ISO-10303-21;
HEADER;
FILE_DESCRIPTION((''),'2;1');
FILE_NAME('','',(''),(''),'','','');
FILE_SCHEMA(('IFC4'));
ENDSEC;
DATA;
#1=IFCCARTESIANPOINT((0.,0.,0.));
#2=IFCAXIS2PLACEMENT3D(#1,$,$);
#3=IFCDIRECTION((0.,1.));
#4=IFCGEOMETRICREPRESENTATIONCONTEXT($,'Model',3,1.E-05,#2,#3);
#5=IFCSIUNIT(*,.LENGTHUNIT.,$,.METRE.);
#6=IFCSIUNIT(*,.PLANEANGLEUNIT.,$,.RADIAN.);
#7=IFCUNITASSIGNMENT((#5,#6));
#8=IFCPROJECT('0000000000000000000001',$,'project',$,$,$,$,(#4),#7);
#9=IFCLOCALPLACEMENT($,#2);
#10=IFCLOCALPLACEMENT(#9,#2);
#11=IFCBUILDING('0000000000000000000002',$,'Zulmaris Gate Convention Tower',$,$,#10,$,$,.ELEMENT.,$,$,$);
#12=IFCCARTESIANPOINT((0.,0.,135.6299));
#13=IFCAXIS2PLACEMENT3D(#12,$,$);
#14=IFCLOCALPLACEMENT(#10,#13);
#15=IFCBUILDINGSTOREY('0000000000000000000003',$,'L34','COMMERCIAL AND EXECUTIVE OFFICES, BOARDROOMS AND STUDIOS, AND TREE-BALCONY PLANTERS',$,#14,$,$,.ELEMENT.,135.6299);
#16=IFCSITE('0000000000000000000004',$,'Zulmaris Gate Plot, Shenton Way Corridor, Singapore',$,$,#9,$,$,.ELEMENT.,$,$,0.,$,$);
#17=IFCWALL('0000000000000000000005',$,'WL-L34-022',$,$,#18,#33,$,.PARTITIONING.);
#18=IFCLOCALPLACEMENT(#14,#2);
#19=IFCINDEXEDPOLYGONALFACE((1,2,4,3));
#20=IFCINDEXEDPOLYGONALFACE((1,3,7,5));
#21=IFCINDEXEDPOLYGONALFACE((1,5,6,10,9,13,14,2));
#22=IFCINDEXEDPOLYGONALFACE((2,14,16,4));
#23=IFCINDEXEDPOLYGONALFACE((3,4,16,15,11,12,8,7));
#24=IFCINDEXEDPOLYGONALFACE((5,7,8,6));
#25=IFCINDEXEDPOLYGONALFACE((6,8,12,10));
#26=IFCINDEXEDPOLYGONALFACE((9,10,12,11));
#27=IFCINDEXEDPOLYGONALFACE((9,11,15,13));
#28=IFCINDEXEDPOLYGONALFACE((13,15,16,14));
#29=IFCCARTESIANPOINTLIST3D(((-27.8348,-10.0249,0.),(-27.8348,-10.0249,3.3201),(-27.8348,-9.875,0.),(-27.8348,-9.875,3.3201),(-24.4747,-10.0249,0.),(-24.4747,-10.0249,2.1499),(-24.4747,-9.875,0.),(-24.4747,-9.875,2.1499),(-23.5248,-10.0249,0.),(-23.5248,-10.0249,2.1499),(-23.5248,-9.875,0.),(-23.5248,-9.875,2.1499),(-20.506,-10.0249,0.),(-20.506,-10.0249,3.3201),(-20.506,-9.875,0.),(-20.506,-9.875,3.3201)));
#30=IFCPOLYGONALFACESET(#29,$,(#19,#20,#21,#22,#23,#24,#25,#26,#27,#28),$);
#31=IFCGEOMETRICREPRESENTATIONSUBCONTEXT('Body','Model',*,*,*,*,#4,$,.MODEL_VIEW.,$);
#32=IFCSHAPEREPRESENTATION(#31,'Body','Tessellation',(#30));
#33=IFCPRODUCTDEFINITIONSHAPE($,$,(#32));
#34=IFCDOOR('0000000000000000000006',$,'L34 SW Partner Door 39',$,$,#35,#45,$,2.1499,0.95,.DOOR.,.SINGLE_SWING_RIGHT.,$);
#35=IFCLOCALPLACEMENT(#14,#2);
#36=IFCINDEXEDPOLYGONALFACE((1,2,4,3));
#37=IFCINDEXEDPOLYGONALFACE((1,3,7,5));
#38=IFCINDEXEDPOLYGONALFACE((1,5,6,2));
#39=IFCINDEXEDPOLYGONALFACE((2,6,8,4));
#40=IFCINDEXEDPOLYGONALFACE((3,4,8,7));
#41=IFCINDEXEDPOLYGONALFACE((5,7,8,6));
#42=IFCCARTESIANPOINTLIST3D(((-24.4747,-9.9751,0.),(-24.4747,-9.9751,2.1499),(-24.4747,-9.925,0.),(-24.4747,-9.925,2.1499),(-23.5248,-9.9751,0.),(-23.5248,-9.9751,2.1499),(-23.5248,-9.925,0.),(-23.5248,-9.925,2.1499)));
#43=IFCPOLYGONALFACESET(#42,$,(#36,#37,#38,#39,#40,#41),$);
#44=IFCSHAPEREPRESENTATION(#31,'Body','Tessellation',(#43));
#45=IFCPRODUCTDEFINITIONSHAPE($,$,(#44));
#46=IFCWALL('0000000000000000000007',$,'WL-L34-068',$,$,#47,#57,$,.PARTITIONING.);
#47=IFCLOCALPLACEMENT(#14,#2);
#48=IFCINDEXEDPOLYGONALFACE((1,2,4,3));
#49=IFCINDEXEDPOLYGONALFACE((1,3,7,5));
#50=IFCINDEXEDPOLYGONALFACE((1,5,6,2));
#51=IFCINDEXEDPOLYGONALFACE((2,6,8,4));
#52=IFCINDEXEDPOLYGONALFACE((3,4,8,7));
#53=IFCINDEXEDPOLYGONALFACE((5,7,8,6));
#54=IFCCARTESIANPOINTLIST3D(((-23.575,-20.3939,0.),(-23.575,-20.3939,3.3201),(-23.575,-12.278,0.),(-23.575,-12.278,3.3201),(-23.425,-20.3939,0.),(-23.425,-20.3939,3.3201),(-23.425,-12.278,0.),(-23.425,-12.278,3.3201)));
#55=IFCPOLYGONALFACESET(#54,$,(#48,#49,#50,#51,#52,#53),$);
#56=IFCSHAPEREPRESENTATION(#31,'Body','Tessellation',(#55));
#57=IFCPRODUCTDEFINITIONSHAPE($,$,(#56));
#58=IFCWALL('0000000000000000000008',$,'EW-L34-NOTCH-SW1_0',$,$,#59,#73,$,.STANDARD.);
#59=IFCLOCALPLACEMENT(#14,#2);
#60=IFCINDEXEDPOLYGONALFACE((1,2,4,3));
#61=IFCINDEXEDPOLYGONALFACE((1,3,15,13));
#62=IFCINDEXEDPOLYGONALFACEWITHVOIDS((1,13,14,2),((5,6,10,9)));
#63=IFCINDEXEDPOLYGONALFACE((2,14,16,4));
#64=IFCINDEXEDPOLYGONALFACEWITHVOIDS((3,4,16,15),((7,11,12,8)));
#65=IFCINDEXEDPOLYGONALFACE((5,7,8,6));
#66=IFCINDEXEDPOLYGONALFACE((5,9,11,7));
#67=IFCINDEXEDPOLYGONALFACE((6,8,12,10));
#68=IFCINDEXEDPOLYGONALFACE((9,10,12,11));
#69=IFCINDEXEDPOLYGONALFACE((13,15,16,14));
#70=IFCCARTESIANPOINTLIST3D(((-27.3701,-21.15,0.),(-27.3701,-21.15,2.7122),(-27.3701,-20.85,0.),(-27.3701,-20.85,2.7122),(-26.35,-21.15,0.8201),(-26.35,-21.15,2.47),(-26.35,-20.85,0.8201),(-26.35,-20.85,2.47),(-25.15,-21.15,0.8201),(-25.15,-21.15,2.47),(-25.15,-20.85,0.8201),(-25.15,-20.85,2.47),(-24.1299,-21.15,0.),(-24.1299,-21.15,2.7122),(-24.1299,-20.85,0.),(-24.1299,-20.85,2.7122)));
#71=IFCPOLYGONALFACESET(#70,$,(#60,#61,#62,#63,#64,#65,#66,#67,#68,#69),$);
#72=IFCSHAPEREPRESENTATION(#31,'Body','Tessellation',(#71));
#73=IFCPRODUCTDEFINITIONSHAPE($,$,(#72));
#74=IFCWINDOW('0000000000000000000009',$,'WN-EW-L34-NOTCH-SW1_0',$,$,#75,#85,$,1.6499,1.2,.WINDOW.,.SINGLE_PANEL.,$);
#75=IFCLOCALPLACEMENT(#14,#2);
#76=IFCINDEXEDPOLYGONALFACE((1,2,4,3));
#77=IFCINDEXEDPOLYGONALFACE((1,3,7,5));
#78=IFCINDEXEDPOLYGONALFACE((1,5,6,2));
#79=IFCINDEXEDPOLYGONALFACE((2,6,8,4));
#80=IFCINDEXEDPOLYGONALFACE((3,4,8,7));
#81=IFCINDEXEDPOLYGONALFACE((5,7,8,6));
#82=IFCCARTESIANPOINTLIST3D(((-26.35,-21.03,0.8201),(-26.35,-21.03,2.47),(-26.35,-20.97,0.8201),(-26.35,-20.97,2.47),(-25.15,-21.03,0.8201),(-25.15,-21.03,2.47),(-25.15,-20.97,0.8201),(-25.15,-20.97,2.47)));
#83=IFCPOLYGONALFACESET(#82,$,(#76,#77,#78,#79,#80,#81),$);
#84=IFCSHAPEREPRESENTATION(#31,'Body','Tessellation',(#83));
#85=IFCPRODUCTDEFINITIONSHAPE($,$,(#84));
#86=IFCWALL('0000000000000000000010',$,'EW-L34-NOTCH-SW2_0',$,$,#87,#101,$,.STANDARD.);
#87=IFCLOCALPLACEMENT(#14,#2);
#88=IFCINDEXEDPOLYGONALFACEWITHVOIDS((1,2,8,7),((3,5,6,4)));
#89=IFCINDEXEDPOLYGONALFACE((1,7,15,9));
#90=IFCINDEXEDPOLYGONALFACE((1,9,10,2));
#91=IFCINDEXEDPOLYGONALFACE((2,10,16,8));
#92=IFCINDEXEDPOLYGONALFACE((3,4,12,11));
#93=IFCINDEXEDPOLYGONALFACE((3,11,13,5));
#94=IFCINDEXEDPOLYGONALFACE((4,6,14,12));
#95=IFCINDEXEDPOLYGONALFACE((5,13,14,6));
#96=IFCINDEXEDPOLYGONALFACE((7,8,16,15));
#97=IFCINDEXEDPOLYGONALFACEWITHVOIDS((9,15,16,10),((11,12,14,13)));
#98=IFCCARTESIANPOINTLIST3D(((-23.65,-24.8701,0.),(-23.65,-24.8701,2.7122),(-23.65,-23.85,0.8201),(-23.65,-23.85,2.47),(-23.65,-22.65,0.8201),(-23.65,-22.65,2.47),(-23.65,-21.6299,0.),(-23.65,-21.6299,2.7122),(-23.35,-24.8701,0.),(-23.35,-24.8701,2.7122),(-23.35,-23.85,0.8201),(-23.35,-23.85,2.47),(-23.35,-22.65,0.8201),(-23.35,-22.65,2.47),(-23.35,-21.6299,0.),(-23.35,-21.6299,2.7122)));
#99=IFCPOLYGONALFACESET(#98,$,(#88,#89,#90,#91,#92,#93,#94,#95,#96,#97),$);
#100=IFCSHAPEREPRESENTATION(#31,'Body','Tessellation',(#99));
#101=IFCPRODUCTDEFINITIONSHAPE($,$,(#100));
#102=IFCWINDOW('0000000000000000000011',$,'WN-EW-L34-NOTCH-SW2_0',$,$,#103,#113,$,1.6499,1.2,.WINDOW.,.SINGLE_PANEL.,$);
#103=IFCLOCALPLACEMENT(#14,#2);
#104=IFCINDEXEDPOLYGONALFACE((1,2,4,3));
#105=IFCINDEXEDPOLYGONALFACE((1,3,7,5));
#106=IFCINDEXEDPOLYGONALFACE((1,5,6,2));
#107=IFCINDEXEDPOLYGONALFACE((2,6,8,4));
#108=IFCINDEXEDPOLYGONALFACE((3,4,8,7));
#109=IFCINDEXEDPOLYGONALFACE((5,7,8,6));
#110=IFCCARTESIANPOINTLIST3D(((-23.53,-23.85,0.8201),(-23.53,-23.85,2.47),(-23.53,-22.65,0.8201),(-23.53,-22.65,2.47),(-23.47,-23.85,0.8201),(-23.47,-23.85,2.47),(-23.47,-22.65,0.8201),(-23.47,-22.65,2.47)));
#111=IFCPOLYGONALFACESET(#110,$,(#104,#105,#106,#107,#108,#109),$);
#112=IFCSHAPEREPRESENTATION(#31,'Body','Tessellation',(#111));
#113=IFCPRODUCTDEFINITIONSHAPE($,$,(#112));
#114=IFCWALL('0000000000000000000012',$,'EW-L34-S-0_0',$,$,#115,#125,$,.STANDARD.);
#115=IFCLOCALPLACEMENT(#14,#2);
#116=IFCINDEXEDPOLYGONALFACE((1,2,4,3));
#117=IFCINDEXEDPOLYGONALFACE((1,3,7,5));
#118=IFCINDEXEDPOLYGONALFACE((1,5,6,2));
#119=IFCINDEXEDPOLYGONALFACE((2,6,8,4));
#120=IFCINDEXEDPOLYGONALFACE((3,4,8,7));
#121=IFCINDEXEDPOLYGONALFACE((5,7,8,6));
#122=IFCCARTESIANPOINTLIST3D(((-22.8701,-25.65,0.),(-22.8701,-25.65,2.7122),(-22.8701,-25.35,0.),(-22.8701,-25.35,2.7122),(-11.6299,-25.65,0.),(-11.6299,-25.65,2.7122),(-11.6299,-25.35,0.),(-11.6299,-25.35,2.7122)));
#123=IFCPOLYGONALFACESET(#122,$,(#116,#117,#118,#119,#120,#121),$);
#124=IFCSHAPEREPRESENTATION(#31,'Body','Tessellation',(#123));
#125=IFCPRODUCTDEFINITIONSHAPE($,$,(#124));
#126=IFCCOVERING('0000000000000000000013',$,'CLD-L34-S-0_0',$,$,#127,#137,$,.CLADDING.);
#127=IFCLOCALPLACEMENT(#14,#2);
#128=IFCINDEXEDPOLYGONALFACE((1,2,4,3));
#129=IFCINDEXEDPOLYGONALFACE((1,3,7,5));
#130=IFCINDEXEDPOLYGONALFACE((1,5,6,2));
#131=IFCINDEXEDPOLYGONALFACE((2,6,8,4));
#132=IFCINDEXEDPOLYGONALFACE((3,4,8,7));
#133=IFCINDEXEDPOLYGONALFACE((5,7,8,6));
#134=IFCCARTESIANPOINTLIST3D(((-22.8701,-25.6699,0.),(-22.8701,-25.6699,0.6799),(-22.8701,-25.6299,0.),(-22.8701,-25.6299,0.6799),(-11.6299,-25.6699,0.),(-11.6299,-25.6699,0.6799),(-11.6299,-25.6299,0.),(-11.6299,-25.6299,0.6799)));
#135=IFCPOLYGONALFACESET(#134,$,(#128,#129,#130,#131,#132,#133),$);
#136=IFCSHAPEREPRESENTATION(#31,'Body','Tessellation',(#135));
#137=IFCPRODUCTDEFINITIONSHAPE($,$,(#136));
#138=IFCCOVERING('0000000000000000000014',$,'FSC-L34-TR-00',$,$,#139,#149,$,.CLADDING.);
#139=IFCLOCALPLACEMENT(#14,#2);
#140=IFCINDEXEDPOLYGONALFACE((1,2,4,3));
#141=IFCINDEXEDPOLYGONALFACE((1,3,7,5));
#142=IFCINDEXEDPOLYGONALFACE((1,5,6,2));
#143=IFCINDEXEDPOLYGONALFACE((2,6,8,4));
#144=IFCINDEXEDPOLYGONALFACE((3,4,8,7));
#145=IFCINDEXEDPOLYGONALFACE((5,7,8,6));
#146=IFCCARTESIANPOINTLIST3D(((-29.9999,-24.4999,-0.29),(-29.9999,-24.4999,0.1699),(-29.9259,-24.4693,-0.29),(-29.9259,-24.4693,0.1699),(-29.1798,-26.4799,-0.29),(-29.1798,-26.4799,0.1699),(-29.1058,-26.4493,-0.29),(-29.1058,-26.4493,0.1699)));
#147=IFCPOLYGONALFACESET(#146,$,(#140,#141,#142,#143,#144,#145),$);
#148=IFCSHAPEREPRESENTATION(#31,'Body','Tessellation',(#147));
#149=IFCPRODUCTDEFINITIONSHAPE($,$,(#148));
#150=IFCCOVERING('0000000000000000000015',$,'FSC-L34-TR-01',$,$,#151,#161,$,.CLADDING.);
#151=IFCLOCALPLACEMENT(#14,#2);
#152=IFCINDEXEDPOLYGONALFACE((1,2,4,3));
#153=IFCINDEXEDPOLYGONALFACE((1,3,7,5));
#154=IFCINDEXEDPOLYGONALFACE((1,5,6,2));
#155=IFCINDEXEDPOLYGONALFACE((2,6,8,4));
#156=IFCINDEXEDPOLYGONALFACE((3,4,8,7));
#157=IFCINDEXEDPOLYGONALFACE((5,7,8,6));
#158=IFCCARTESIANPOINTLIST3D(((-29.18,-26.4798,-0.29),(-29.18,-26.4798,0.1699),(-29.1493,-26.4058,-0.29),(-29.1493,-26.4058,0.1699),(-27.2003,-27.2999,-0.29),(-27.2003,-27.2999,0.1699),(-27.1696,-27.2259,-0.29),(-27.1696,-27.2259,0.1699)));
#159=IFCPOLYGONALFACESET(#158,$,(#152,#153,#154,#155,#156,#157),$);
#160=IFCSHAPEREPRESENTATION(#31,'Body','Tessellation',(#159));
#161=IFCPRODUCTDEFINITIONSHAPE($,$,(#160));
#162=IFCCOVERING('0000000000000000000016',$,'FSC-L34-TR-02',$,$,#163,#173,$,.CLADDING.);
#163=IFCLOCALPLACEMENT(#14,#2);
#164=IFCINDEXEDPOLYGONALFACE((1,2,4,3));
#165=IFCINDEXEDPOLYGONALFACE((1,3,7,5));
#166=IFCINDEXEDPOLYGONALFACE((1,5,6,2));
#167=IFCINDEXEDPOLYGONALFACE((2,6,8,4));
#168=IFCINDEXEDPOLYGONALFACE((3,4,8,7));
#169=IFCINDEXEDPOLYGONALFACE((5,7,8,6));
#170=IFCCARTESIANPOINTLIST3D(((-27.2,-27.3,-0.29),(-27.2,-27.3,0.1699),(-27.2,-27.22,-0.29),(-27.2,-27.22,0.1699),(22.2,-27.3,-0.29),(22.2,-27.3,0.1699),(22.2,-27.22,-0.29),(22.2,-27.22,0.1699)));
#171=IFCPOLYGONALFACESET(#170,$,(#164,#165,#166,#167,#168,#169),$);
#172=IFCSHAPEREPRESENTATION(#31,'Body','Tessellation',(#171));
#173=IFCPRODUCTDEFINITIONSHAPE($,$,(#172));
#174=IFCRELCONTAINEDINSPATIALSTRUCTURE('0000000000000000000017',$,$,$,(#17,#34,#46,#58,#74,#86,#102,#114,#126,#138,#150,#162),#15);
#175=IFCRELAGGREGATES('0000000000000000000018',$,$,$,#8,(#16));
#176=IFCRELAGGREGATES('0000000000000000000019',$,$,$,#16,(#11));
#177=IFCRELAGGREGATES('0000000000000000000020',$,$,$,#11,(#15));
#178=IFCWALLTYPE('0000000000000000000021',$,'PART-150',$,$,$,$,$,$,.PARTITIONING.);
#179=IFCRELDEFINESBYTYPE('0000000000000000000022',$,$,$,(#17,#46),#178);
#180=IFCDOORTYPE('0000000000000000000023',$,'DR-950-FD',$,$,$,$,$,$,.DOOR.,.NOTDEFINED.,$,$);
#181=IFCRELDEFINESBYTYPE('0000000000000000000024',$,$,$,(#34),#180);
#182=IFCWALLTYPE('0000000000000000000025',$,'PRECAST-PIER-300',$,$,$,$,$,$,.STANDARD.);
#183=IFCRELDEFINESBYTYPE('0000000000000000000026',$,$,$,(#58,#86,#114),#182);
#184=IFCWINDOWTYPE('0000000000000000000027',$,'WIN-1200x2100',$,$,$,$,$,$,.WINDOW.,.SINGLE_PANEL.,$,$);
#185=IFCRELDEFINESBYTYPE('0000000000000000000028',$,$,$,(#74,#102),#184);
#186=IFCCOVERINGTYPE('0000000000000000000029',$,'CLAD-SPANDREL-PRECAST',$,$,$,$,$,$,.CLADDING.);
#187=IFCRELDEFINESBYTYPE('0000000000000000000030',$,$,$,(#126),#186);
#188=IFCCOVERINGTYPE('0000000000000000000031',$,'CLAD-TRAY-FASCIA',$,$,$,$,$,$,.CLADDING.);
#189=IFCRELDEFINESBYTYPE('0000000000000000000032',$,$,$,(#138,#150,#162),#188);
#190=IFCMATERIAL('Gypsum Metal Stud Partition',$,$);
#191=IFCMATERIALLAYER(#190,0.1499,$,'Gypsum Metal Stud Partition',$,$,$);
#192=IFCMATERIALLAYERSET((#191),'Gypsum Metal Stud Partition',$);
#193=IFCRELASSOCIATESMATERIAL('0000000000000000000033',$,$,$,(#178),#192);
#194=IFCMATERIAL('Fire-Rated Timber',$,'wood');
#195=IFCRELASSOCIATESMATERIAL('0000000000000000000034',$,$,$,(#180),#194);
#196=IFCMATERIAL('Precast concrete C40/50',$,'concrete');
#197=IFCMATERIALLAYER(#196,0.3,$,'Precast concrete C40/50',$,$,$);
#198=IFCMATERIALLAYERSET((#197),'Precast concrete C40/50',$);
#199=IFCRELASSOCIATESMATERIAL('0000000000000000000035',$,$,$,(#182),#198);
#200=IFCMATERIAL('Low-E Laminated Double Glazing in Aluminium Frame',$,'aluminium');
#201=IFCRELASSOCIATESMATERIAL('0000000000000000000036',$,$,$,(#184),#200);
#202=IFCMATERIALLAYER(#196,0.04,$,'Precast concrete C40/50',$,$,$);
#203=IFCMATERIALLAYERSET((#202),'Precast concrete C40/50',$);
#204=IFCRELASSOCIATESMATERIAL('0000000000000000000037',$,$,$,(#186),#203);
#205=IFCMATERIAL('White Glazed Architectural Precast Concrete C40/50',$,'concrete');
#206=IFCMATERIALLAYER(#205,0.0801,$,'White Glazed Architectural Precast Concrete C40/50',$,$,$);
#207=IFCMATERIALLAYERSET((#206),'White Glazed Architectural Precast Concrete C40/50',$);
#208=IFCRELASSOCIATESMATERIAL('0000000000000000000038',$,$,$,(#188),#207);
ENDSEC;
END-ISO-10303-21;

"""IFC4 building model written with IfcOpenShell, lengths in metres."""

from ifc_helpers import new_model, si_unit, direction, frame, frame_2d, origin, place, context, subcontext, project, spatial, rectangle, extrude, material, layer, layer_set, type_object, element, fill, save


model = new_model("IFC4")

# Units and contexts
model_context = context("Model", 3, precision=1e-05, world=origin(), true_north=direction((0.0, 1.0)))
body_context = subcontext(model_context, "Body", "Model", "MODEL_VIEW")
ifc_project = project(units=[si_unit("LENGTHUNIT", "METRE"), si_unit("PLANEANGLEUNIT", "RADIAN")], contexts=[model_context])

# Site, building, storey
site_placement = place(None, origin())
site = spatial("IfcSite", under=ifc_project, at=site_placement, Name="Zulmaris Gate Plot, Shenton Way Corridor, Singapore", CompositionType="ELEMENT", RefElevation=0.0)
building_placement = place(site_placement, origin())
building = spatial("IfcBuilding", under=site, at=building_placement, Name="Zulmaris Gate Convention Tower", CompositionType="ELEMENT")
storey_placement = place(building_placement, frame((0.0, 0.0, 135.6299)))
storey = spatial("IfcBuildingStorey", under=building, at=storey_placement, Name="L34", Description="COMMERCIAL AND EXECUTIVE OFFICES, BOARDROOMS AND STUDIOS, AND TREE-BALCONY PLANTERS", CompositionType="ELEMENT", Elevation=135.6299)

# Shared definitions
ifc_material_1 = material(Name="Gypsum Metal Stud Partition")
ifc_layer_1 = layer(ifc_material_1, 0.1499, Name="Gypsum Metal Stud Partition")
ifc_layer_set_1 = layer_set([ifc_layer_1], Name="Gypsum Metal Stud Partition")
wall_type_1 = type_object("IfcWallType", Name="PART-150", PredefinedType="PARTITIONING", material=ifc_layer_set_1)

# Wall, opening, door
wall_1_placement = place(storey_placement, frame((-27.835, -9.95, 0.0), z_axis=(0.0, 0.0, 1.0), x_axis=(1.0, 0.0, 0.0)))
wall_1 = element("IfcWall", 1, at=wall_1_placement, inside=storey, type_object=wall_type_1, Name="WL-L34-022", PredefinedType="PARTITIONING", context=body_context, shape_type="SweptSolid", body=[
    extrude(rectangle(XDim=7.3289, YDim=0.1499, at=frame_2d((3.6646, 0.0))), origin(), (0.0, 0.0, 1.0), 3.3201),
])
opening_1_placement = place(wall_1_placement, frame((3.3601, 0.0, 0.0)))
opening_1 = element("IfcOpeningElement", 2, at=opening_1_placement, cuts=wall_1, PredefinedType="OPENING", context=body_context, shape_type="SweptSolid", body=[
    extrude(rectangle(XDim=0.95, YDim=2.1499, at=frame_2d((0.4751, 1.075))), frame((0.0, 0.085, 0.0), z_axis=(0.0, -1.0, 0.0), x_axis=(1.0, 0.0, 0.0)), (0.0, 0.0, 1.0), 0.1699),
])
ifc_material_2 = material(Name="Fire-Rated Timber", Category="wood")
door_type_1 = type_object("IfcDoorType", Name="DR-950-FD", OperationType="NOTDEFINED", PredefinedType="DOOR", material=ifc_material_2)
door_1_placement = place(opening_1_placement, origin())
door_1 = element("IfcDoor", 3, at=door_1_placement, inside=storey, type_object=door_type_1, Name="L34 SW Partner Door 39", OperationType="SINGLE_SWING_RIGHT", OverallHeight=2.1499, OverallWidth=0.95, PredefinedType="DOOR", context=body_context, shape_type="SweptSolid", body=[
    extrude(rectangle(XDim=0.95, YDim=2.1499, at=frame_2d((0.4751, 1.075))), frame((0.0, 0.0249, 0.0), z_axis=(0.0, -1.0, 0.0), x_axis=(1.0, 0.0, 0.0)), (0.0, 0.0, 1.0), 0.05),
])
fill(opening_1, door_1)

# Wall
wall_2_placement = place(storey_placement, frame((-23.5, -20.394, 0.0), z_axis=(0.0, 0.0, 1.0), x_axis=(0.0, 1.0, 0.0)))
element("IfcWall", 4, at=wall_2_placement, inside=storey, type_object=wall_type_1, Name="WL-L34-068", PredefinedType="PARTITIONING", context=body_context, shape_type="SweptSolid", body=[
    extrude(rectangle(XDim=8.116, YDim=0.1499, at=frame_2d((4.0581, 0.0))), origin(), (0.0, 0.0, 1.0), 3.3201),
])

# Walls, openings, windows
ifc_material_3 = material(Name="Precast concrete C40/50", Category="concrete")
ifc_layer_2 = layer(ifc_material_3, 0.3, Name="Precast concrete C40/50")
ifc_layer_set_2 = layer_set([ifc_layer_2], Name="Precast concrete C40/50")
wall_type_2 = type_object("IfcWallType", Name="PRECAST-PIER-300", PredefinedType="STANDARD", material=ifc_layer_set_2)
wall_3_placement = place(storey_placement, frame((-27.3701, -21.0, 0.0), z_axis=(0.0, 0.0, 1.0), x_axis=(1.0, 0.0, 0.0)))
wall_3 = element("IfcWall", 5, at=wall_3_placement, inside=storey, type_object=wall_type_2, Name="EW-L34-NOTCH-SW1_0", PredefinedType="STANDARD", context=body_context, shape_type="SweptSolid", body=[
    extrude(rectangle(XDim=3.2402, YDim=0.3, at=frame_2d((1.6201, 0.0))), origin(), (0.0, 0.0, 1.0), 2.7122),
])
opening_2_placement = place(wall_3_placement, frame((1.02, 0.0, 0.8201)))
opening_2 = element("IfcOpeningElement", 6, at=opening_2_placement, cuts=wall_3, PredefinedType="OPENING", context=body_context, shape_type="SweptSolid", body=[
    extrude(rectangle(XDim=1.2, YDim=1.6499, at=frame_2d((0.6001, 0.825))), frame((0.0, 0.1602, 0.0), z_axis=(0.0, -1.0, 0.0), x_axis=(1.0, 0.0, 0.0)), (0.0, 0.0, 1.0), 0.3201),
])
ifc_material_4 = material(Name="Low-E Laminated Double Glazing in Aluminium Frame", Category="aluminium")
window_type = type_object("IfcWindowType", Name="WIN-1200x2100", PartitioningType="SINGLE_PANEL", PredefinedType="WINDOW", material=ifc_material_4)
window_1_placement = place(opening_2_placement, origin())
window_1 = element("IfcWindow", 7, at=window_1_placement, inside=storey, type_object=window_type, Name="WN-EW-L34-NOTCH-SW1_0", OverallHeight=1.6499, OverallWidth=1.2, PartitioningType="SINGLE_PANEL", PredefinedType="WINDOW", context=body_context, shape_type="SweptSolid", body=[
    extrude(rectangle(XDim=1.2, YDim=1.6499, at=frame_2d((0.6001, 0.825))), frame((0.0, 0.03, 0.0), z_axis=(0.0, -1.0, 0.0), x_axis=(1.0, 0.0, 0.0)), (0.0, 0.0, 1.0), 0.0601),
])
fill(opening_2, window_1)
wall_4_placement = place(storey_placement, frame((-23.5, -21.6299, 0.0), z_axis=(0.0, 0.0, 1.0), x_axis=(0.0, -1.0, 0.0)))
wall_4 = element("IfcWall", 8, at=wall_4_placement, inside=storey, type_object=wall_type_2, Name="EW-L34-NOTCH-SW2_0", PredefinedType="STANDARD", context=body_context, shape_type="SweptSolid", body=[
    extrude(rectangle(XDim=3.2402, YDim=0.3, at=frame_2d((1.6201, 0.0))), origin(), (0.0, 0.0, 1.0), 2.7122),
])
opening_3_placement = place(wall_4_placement, frame((1.02, 0.0, 0.8201)))
opening_3 = element("IfcOpeningElement", 9, at=opening_3_placement, cuts=wall_4, PredefinedType="OPENING", context=body_context, shape_type="SweptSolid", body=[
    extrude(rectangle(XDim=1.2, YDim=1.6499, at=frame_2d((0.6001, 0.825))), frame((0.0, 0.1602, 0.0), z_axis=(0.0, -1.0, 0.0), x_axis=(1.0, 0.0, 0.0)), (0.0, 0.0, 1.0), 0.3201),
])
window_2_placement = place(opening_3_placement, origin())
window_2 = element("IfcWindow", 10, at=window_2_placement, inside=storey, type_object=window_type, Name="WN-EW-L34-NOTCH-SW2_0", OverallHeight=1.6499, OverallWidth=1.2, PartitioningType="SINGLE_PANEL", PredefinedType="WINDOW", context=body_context, shape_type="SweptSolid", body=[
    extrude(rectangle(XDim=1.2, YDim=1.6499, at=frame_2d((0.6001, 0.825))), frame((0.0, 0.03, 0.0), z_axis=(0.0, -1.0, 0.0), x_axis=(1.0, 0.0, 0.0)), (0.0, 0.0, 1.0), 0.0601),
])
fill(opening_3, window_2)

# Wall
wall_5_placement = place(storey_placement, frame((-22.8701, -25.5, 0.0), z_axis=(0.0, 0.0, 1.0), x_axis=(1.0, 0.0, 0.0)))
element("IfcWall", 11, at=wall_5_placement, inside=storey, type_object=wall_type_2, Name="EW-L34-S-0_0", PredefinedType="STANDARD", context=body_context, shape_type="SweptSolid", body=[
    extrude(rectangle(XDim=11.2402, YDim=0.3, at=frame_2d((5.6201, 0.0))), origin(), (0.0, 0.0, 1.0), 2.7122),
])

# Coverings
ifc_layer_3 = layer(ifc_material_3, 0.04, Name="Precast concrete C40/50")
ifc_layer_set_3 = layer_set([ifc_layer_3], Name="Precast concrete C40/50")
covering_type_1 = type_object("IfcCoveringType", Name="CLAD-SPANDREL-PRECAST", PredefinedType="CLADDING", material=ifc_layer_set_3)
covering_1_placement = place(storey_placement, frame((-22.8701, -25.6499, 0.0), z_axis=(0.0, 0.0, 1.0), x_axis=(1.0, 0.0, 0.0)))
element("IfcCovering", 12, at=covering_1_placement, inside=storey, type_object=covering_type_1, Name="CLD-L34-S-0_0", PredefinedType="CLADDING", context=body_context, shape_type="SweptSolid", body=[
    extrude(rectangle(XDim=11.2402, YDim=0.04, at=frame_2d((5.6201, 0.0))), origin(), (0.0, 0.0, 1.0), 0.6799),
])
ifc_material_5 = material(Name="White Glazed Architectural Precast Concrete C40/50", Category="concrete")
ifc_layer_4 = layer(ifc_material_5, 0.0801, Name="White Glazed Architectural Precast Concrete C40/50")
ifc_layer_set_4 = layer_set([ifc_layer_4], Name="White Glazed Architectural Precast Concrete C40/50")
covering_type_2 = type_object("IfcCoveringType", Name="CLAD-TRAY-FASCIA", PredefinedType="CLADDING", material=ifc_layer_set_4)
covering_2_placement = place(storey_placement, frame((-29.9629, -24.4846, -0.29), z_axis=(0.0, 0.0, 1.0), x_axis=(0.382657, -0.92389, 0.0)))
element("IfcCovering", 13, at=covering_2_placement, inside=storey, type_object=covering_type_2, Name="FSC-L34-TR-00", PredefinedType="CLADDING", context=body_context, shape_type="SweptSolid", body=[
    extrude(rectangle(XDim=2.1431, YDim=0.0801, at=frame_2d((1.0715, 0.0))), origin(), (0.0, 0.0, 1.0), 0.46),
])
covering_3_placement = place(storey_placement, frame((-29.1646, -26.4429, -0.29), z_axis=(0.0, 0.0, 1.0), x_axis=(0.923874, -0.382697, 0.0)))
element("IfcCovering", 14, at=covering_3_placement, inside=storey, type_object=covering_type_2, Name="FSC-L34-TR-01", PredefinedType="CLADDING", context=body_context, shape_type="SweptSolid", body=[
    extrude(rectangle(XDim=2.1428, YDim=0.0801, at=frame_2d((1.0713, 0.0))), origin(), (0.0, 0.0, 1.0), 0.46),
])
covering_4_placement = place(storey_placement, frame((-27.2, -27.26, -0.29), z_axis=(0.0, 0.0, 1.0), x_axis=(1.0, 0.0, 0.0)))
element("IfcCovering", 15, at=covering_4_placement, inside=storey, type_object=covering_type_2, Name="FSC-L34-TR-02", PredefinedType="CLADDING", context=body_context, shape_type="SweptSolid", body=[
    extrude(rectangle(XDim=49.3999, YDim=0.0801, at=frame_2d((24.7, 0.0))), origin(), (0.0, 0.0, 1.0), 0.46),
])

save(model, "model.ifc")
